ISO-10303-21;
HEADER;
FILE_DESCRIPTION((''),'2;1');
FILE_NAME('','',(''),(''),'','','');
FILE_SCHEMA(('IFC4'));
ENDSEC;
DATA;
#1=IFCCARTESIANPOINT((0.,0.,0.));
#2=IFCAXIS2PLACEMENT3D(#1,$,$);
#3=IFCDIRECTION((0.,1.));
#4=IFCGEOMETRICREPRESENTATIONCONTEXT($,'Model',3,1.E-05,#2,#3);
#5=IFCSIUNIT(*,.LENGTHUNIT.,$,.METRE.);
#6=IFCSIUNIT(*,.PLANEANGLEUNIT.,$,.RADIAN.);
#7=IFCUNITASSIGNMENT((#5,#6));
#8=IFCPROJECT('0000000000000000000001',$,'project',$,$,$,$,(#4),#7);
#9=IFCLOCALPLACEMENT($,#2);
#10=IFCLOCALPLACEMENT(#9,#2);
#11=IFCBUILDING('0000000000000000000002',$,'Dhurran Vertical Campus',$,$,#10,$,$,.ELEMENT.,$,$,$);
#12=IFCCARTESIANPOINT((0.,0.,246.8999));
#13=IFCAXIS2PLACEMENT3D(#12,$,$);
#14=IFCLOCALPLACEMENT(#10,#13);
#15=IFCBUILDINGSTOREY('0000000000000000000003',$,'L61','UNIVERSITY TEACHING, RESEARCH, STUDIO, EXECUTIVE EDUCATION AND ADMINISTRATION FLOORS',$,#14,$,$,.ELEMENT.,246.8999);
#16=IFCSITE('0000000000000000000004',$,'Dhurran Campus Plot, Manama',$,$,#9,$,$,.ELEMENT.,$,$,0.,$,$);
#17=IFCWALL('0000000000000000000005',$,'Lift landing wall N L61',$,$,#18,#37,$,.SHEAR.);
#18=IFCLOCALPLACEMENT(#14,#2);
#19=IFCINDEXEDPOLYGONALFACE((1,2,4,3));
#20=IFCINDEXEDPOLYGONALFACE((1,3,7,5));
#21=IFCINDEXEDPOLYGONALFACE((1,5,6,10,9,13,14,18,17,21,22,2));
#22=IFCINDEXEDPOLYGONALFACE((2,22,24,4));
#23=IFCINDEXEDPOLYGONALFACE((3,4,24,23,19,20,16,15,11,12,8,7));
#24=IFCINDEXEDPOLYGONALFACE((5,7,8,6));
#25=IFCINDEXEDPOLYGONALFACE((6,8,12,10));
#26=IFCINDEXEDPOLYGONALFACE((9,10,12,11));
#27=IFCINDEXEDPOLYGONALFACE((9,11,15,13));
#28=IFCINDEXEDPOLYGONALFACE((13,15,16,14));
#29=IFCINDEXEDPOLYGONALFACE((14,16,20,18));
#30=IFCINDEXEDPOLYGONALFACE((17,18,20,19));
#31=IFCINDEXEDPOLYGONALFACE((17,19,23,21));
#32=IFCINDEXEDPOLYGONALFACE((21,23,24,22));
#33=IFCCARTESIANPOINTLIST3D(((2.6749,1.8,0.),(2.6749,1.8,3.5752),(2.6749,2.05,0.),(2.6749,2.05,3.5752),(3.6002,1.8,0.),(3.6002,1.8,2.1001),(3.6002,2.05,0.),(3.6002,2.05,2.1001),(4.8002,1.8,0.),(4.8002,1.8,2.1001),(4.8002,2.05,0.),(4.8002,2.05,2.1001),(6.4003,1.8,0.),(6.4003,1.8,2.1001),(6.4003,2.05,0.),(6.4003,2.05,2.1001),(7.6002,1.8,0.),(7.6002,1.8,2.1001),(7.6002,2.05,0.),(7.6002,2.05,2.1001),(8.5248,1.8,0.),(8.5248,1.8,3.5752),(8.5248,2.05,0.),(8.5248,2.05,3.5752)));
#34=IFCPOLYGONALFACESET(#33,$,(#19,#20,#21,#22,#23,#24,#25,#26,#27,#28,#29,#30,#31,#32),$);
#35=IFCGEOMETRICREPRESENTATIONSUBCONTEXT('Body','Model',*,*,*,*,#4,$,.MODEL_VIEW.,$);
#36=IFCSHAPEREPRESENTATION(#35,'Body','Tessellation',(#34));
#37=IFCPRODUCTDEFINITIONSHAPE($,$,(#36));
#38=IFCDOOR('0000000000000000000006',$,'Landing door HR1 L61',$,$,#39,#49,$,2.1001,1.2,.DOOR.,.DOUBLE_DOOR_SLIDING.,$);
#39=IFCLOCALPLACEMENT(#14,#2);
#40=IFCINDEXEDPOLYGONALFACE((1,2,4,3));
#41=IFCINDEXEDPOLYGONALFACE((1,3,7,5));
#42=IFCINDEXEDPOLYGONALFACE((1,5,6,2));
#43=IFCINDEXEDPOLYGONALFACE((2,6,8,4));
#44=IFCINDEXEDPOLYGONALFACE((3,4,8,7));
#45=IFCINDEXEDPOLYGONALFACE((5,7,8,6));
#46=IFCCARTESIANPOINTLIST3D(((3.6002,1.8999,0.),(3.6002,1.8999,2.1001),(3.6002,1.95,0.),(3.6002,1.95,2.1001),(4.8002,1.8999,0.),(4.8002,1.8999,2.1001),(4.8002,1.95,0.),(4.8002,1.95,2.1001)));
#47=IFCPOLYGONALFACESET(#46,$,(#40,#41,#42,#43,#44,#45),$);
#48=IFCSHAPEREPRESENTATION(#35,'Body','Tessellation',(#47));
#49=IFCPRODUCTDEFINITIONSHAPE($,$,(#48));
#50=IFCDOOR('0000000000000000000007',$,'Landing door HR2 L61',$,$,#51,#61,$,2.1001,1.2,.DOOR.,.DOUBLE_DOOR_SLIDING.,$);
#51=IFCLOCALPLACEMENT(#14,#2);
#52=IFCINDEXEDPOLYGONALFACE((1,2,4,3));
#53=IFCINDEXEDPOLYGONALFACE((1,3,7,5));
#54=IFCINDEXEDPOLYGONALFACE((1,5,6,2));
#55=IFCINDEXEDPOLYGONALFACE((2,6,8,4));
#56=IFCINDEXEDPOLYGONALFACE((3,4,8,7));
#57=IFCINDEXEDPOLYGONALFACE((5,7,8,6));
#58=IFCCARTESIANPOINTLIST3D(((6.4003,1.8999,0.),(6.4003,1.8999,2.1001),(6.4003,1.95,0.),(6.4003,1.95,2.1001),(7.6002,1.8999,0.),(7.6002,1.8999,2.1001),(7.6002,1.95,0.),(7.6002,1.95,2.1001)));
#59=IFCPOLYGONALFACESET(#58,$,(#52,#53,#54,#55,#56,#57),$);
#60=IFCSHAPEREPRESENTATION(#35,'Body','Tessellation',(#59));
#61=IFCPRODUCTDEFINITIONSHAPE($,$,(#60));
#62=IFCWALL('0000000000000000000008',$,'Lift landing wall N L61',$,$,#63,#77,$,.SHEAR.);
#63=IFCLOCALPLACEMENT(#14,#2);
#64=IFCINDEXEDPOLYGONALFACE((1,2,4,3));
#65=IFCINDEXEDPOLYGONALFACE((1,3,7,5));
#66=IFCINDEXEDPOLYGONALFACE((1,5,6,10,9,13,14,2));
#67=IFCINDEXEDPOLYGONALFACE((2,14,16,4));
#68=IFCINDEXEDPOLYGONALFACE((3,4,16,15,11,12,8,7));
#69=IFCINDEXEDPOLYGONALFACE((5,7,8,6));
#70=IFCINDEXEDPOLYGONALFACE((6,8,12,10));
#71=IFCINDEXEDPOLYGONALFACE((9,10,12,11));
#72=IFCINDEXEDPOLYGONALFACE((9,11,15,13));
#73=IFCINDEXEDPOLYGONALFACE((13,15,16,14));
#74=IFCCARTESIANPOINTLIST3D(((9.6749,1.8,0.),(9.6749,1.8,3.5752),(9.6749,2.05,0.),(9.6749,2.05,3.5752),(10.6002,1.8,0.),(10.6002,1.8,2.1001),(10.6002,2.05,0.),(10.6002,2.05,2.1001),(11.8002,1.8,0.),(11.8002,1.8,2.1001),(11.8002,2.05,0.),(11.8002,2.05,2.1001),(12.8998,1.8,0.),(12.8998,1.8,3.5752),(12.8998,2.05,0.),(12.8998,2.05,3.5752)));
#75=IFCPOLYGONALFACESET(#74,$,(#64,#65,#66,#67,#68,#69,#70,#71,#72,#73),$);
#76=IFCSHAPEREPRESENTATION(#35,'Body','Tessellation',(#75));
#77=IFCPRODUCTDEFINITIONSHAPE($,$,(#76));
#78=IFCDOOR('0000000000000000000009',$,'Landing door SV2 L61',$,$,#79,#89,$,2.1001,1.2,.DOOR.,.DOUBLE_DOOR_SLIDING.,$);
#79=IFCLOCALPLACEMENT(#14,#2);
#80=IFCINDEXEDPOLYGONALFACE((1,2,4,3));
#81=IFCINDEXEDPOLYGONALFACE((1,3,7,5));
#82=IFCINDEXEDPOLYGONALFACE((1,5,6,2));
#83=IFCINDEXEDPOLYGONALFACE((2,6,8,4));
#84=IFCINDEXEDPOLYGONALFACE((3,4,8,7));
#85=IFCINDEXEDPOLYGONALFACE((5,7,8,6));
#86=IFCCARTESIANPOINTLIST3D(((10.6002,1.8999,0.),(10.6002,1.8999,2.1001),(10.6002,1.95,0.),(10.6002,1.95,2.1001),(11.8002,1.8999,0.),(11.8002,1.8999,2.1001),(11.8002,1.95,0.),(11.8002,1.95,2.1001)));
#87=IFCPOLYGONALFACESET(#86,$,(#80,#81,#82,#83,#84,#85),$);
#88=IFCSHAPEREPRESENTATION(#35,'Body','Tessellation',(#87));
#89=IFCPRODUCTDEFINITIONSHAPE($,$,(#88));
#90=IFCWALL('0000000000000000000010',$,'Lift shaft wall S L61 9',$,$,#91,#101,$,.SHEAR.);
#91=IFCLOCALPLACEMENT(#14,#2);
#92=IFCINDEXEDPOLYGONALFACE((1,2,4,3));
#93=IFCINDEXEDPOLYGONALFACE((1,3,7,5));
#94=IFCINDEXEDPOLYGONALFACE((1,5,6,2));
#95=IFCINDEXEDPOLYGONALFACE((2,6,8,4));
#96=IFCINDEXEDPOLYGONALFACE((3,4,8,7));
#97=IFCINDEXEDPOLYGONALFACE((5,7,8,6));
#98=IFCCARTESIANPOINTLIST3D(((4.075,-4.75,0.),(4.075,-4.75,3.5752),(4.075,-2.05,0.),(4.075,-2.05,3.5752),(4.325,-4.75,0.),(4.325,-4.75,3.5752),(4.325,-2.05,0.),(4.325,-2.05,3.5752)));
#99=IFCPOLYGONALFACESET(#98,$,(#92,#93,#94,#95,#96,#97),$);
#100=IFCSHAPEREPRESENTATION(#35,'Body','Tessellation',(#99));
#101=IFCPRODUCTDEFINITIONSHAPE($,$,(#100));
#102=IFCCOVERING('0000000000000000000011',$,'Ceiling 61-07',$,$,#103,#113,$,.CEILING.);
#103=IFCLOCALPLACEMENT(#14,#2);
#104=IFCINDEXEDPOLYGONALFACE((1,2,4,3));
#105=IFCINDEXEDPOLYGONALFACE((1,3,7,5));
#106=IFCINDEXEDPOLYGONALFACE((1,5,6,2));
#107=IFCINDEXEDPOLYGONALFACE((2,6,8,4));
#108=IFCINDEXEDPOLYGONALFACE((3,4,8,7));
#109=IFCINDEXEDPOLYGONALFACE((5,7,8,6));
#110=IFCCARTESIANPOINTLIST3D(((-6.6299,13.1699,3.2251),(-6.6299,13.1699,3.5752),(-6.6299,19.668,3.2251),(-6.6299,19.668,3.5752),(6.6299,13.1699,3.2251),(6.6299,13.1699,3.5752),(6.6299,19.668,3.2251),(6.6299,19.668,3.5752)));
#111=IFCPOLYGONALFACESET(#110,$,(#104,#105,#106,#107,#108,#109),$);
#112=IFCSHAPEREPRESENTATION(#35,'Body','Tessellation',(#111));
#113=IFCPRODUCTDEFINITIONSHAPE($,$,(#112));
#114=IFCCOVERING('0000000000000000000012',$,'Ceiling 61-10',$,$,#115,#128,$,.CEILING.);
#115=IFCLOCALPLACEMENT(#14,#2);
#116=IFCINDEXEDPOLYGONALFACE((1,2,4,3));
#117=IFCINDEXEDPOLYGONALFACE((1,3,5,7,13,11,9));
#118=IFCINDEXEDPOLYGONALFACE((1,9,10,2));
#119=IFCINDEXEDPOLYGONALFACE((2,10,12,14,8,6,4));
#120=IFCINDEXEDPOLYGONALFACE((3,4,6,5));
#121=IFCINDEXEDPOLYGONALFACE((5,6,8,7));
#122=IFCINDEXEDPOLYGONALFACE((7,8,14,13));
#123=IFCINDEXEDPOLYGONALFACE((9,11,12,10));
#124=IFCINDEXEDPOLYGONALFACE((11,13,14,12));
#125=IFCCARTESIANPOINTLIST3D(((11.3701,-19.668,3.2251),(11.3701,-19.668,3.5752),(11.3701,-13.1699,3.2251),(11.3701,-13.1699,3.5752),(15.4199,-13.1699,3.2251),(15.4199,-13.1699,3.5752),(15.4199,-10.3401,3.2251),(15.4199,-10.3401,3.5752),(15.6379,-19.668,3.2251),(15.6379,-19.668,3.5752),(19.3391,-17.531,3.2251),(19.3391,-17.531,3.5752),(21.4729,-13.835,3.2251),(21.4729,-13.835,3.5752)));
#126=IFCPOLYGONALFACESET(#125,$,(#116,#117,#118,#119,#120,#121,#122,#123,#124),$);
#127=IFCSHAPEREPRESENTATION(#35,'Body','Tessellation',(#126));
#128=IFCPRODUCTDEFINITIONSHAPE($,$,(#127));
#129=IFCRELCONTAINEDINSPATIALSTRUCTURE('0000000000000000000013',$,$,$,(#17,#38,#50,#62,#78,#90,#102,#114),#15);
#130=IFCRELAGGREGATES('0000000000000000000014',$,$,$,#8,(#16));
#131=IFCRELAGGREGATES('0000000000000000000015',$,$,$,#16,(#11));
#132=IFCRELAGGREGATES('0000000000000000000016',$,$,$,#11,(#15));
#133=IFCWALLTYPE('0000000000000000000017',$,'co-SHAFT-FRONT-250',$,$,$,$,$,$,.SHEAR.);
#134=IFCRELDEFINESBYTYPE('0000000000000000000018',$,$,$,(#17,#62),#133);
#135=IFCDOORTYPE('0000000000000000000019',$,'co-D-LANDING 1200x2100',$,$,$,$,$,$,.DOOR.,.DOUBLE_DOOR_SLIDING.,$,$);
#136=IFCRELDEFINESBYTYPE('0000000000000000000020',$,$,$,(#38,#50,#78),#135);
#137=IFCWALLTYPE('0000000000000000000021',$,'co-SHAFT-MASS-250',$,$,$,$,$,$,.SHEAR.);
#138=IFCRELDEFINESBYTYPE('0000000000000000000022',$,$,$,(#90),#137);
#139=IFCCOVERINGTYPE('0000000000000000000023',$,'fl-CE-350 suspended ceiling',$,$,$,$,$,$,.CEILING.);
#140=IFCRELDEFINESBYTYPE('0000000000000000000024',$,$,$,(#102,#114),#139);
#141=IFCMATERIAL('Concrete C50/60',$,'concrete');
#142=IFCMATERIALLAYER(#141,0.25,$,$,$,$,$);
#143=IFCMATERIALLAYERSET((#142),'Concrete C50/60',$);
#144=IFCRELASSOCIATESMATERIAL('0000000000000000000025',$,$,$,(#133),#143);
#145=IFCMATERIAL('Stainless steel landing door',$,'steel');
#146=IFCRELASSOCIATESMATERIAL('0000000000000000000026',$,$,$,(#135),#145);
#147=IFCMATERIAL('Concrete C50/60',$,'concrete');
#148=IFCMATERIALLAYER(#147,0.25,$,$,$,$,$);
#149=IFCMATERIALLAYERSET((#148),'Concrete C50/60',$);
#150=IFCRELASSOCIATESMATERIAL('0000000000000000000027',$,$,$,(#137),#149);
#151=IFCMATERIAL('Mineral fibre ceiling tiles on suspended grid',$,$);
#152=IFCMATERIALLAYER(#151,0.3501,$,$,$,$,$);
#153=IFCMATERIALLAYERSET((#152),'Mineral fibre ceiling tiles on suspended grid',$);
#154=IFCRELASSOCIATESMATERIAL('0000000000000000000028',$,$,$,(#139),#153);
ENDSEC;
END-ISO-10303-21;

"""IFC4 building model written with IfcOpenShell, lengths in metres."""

from ifc_helpers import new_model, si_unit, direction, frame, frame_2d, origin, place, context, subcontext, project, spatial, polyline, rectangle, outline, extrude, material, layer, layer_set, type_object, element, fill, save


model = new_model("IFC4")

# Units and contexts
model_context = context("Model", 3, precision=1e-05, world=origin(), true_north=direction((0.0, 1.0)))
body_context = subcontext(model_context, "Body", "Model", "MODEL_VIEW")
ifc_project = project(units=[si_unit("LENGTHUNIT", "METRE"), si_unit("PLANEANGLEUNIT", "RADIAN")], contexts=[model_context])

# Site, building, storey
site_placement = place(None, origin())
site = spatial("IfcSite", under=ifc_project, at=site_placement, Name="Dhurran Campus Plot, Manama", CompositionType="ELEMENT", RefElevation=0.0)
building_placement = place(site_placement, origin())
building = spatial("IfcBuilding", under=site, at=building_placement, Name="Dhurran Vertical Campus", CompositionType="ELEMENT")
storey_placement = place(building_placement, frame((0.0, 0.0, 246.8999)))
storey = spatial("IfcBuildingStorey", under=building, at=storey_placement, Name="L61", Description="UNIVERSITY TEACHING, RESEARCH, STUDIO, EXECUTIVE EDUCATION AND ADMINISTRATION FLOORS", CompositionType="ELEMENT", Elevation=246.8999)

# Wall, openings, doors
ifc_material_1 = material(Name="Concrete C50/60", Category="concrete")
ifc_layer_1 = layer(ifc_material_1, 0.25)
ifc_layer_set_1 = layer_set([ifc_layer_1], Name="Concrete C50/60")
wall_type_1 = type_object("IfcWallType", Name="co-SHAFT-FRONT-250", PredefinedType="SHEAR", material=ifc_layer_set_1)
wall_1_placement = place(storey_placement, frame((2.675, 1.925, 0.0), z_axis=(0.0, 0.0, 1.0), x_axis=(1.0, 0.0, 0.0)))
wall_1 = element("IfcWall", 1, at=wall_1_placement, inside=storey, type_object=wall_type_1, Name="Lift landing wall N L61", PredefinedType="SHEAR", context=body_context, shape_type="SweptSolid", body=[
    extrude(rectangle(XDim=5.8499, YDim=0.25, at=frame_2d((2.9248, 0.0))), origin(), (0.0, 0.0, 1.0), 3.5752),
])
opening_1_placement = place(wall_1_placement, frame((0.925, 0.0, 0.0)))
opening_1 = element("IfcOpeningElement", 2, at=opening_1_placement, cuts=wall_1, PredefinedType="OPENING", context=body_context, shape_type="SweptSolid", body=[
    extrude(rectangle(XDim=1.2, YDim=2.1001, at=frame_2d((0.6001, 1.05))), frame((0.0, 0.135, 0.0), z_axis=(0.0, -1.0, 0.0), x_axis=(1.0, 0.0, 0.0)), (0.0, 0.0, 1.0), 0.27),
])
opening_2_placement = place(wall_1_placement, frame((3.7251, 0.0, 0.0)))
opening_2 = element("IfcOpeningElement", 3, at=opening_2_placement, cuts=wall_1, PredefinedType="OPENING", context=body_context, shape_type="SweptSolid", body=[
    extrude(rectangle(XDim=1.2, YDim=2.1001, at=frame_2d((0.6001, 1.05))), frame((0.0, 0.135, 0.0), z_axis=(0.0, -1.0, 0.0), x_axis=(1.0, 0.0, 0.0)), (0.0, 0.0, 1.0), 0.27),
])
ifc_material_2 = material(Name="Stainless steel landing door", Category="steel")
door_type_1 = type_object("IfcDoorType", Name="co-D-LANDING 1200x2100", OperationType="DOUBLE_DOOR_SLIDING", PredefinedType="DOOR", material=ifc_material_2)
door_1_placement = place(opening_1_placement, origin())
door_1 = element("IfcDoor", 4, at=door_1_placement, inside=storey, type_object=door_type_1, Name="Landing door HR1 L61", OperationType="DOUBLE_DOOR_SLIDING", OverallHeight=2.1001, OverallWidth=1.2, PredefinedType="DOOR", context=body_context, shape_type="SweptSolid", body=[
    extrude(rectangle(XDim=1.2, YDim=2.1001, at=frame_2d((0.6001, 1.05))), frame((0.0, 0.0249, 0.0), z_axis=(0.0, -1.0, 0.0), x_axis=(1.0, 0.0, 0.0)), (0.0, 0.0, 1.0), 0.05),
])
fill(opening_1, door_1)
door_2_placement = place(opening_2_placement, origin())
door_2 = element("IfcDoor", 5, at=door_2_placement, inside=storey, type_object=door_type_1, Name="Landing door HR2 L61", OperationType="DOUBLE_DOOR_SLIDING", OverallHeight=2.1001, OverallWidth=1.2, PredefinedType="DOOR", context=body_context, shape_type="SweptSolid", body=[
    extrude(rectangle(XDim=1.2, YDim=2.1001, at=frame_2d((0.6001, 1.05))), frame((0.0, 0.0249, 0.0), z_axis=(0.0, -1.0, 0.0), x_axis=(1.0, 0.0, 0.0)), (0.0, 0.0, 1.0), 0.05),
])
fill(opening_2, door_2)

# Wall, opening, door
wall_2_placement = place(storey_placement, frame((9.675, 1.925, 0.0), z_axis=(0.0, 0.0, 1.0), x_axis=(1.0, 0.0, 0.0)))
wall_2 = element("IfcWall", 6, at=wall_2_placement, inside=storey, type_object=wall_type_1, Name="Lift landing wall N L61", PredefinedType="SHEAR", context=body_context, shape_type="SweptSolid", body=[
    extrude(rectangle(XDim=3.2249, YDim=0.25, at=frame_2d((1.6123, 0.0))), origin(), (0.0, 0.0, 1.0), 3.5752),
])
opening_3_placement = place(wall_2_placement, frame((0.925, 0.0, 0.0)))
opening_3 = element("IfcOpeningElement", 7, at=opening_3_placement, cuts=wall_2, PredefinedType="OPENING", context=body_context, shape_type="SweptSolid", body=[
    extrude(rectangle(XDim=1.2, YDim=2.1001, at=frame_2d((0.6001, 1.05))), frame((0.0, 0.135, 0.0), z_axis=(0.0, -1.0, 0.0), x_axis=(1.0, 0.0, 0.0)), (0.0, 0.0, 1.0), 0.27),
])
door_3_placement = place(opening_3_placement, origin())
door_3 = element("IfcDoor", 8, at=door_3_placement, inside=storey, type_object=door_type_1, Name="Landing door SV2 L61", OperationType="DOUBLE_DOOR_SLIDING", OverallHeight=2.1001, OverallWidth=1.2, PredefinedType="DOOR", context=body_context, shape_type="SweptSolid", body=[
    extrude(rectangle(XDim=1.2, YDim=2.1001, at=frame_2d((0.6001, 1.05))), frame((0.0, 0.0249, 0.0), z_axis=(0.0, -1.0, 0.0), x_axis=(1.0, 0.0, 0.0)), (0.0, 0.0, 1.0), 0.05),
])
fill(opening_3, door_3)

# Wall
ifc_material_3 = material(Name="Concrete C50/60", Category="concrete")
ifc_layer_2 = layer(ifc_material_3, 0.25)
ifc_layer_set_2 = layer_set([ifc_layer_2], Name="Concrete C50/60")
wall_type_2 = type_object("IfcWallType", Name="co-SHAFT-MASS-250", PredefinedType="SHEAR", material=ifc_layer_set_2)
wall_3_placement = place(storey_placement, origin())
element("IfcWall", 9, at=wall_3_placement, inside=storey, type_object=wall_type_2, Name="Lift shaft wall S L61 9", PredefinedType="SHEAR", context=body_context, shape_type="SweptSolid", body=[
    extrude(outline(polyline([(4.075, -4.75), (4.325, -4.75), (4.325, -2.05), (4.075, -2.05), (4.075, -4.75)])), origin(), (0.0, 0.0, 1.0), 3.5752),
])

# Coverings
ifc_material_4 = material(Name="Mineral fibre ceiling tiles on suspended grid")
ifc_layer_3 = layer(ifc_material_4, 0.3501)
ifc_layer_set_3 = layer_set([ifc_layer_3], Name="Mineral fibre ceiling tiles on suspended grid")
covering_type = type_object("IfcCoveringType", Name="fl-CE-350 suspended ceiling", PredefinedType="CEILING", material=ifc_layer_set_3)
covering_1_placement = place(storey_placement, frame((0.0, 0.0, 3.2251)))
element("IfcCovering", 10, at=covering_1_placement, inside=storey, type_object=covering_type, Name="Ceiling 61-07", PredefinedType="CEILING", context=body_context, shape_type="SweptSolid", body=[
    extrude(outline(polyline([(-6.6299, 19.668), (6.6299, 19.668), (6.6299, 13.1699), (-6.6299, 13.1699), (-6.6299, 19.668)])), origin(), (0.0, 0.0, 1.0), 0.3501),
])
covering_2_placement = place(storey_placement, frame((0.0, 0.0, 3.2251)))
element("IfcCovering", 11, at=covering_2_placement, inside=storey, type_object=covering_type, Name="Ceiling 61-10", PredefinedType="CEILING", context=body_context, shape_type="SweptSolid", body=[
    extrude(outline(polyline([(21.4729, -13.835), (19.3391, -17.531), (15.6379, -19.668), (11.3701, -19.668), (11.3701, -13.1699), (15.4199, -13.1699), (15.4199, -10.3401), (21.4729, -13.835)])), origin(), (0.0, 0.0, 1.0), 0.3501),
])

save(model, "model.ifc")
